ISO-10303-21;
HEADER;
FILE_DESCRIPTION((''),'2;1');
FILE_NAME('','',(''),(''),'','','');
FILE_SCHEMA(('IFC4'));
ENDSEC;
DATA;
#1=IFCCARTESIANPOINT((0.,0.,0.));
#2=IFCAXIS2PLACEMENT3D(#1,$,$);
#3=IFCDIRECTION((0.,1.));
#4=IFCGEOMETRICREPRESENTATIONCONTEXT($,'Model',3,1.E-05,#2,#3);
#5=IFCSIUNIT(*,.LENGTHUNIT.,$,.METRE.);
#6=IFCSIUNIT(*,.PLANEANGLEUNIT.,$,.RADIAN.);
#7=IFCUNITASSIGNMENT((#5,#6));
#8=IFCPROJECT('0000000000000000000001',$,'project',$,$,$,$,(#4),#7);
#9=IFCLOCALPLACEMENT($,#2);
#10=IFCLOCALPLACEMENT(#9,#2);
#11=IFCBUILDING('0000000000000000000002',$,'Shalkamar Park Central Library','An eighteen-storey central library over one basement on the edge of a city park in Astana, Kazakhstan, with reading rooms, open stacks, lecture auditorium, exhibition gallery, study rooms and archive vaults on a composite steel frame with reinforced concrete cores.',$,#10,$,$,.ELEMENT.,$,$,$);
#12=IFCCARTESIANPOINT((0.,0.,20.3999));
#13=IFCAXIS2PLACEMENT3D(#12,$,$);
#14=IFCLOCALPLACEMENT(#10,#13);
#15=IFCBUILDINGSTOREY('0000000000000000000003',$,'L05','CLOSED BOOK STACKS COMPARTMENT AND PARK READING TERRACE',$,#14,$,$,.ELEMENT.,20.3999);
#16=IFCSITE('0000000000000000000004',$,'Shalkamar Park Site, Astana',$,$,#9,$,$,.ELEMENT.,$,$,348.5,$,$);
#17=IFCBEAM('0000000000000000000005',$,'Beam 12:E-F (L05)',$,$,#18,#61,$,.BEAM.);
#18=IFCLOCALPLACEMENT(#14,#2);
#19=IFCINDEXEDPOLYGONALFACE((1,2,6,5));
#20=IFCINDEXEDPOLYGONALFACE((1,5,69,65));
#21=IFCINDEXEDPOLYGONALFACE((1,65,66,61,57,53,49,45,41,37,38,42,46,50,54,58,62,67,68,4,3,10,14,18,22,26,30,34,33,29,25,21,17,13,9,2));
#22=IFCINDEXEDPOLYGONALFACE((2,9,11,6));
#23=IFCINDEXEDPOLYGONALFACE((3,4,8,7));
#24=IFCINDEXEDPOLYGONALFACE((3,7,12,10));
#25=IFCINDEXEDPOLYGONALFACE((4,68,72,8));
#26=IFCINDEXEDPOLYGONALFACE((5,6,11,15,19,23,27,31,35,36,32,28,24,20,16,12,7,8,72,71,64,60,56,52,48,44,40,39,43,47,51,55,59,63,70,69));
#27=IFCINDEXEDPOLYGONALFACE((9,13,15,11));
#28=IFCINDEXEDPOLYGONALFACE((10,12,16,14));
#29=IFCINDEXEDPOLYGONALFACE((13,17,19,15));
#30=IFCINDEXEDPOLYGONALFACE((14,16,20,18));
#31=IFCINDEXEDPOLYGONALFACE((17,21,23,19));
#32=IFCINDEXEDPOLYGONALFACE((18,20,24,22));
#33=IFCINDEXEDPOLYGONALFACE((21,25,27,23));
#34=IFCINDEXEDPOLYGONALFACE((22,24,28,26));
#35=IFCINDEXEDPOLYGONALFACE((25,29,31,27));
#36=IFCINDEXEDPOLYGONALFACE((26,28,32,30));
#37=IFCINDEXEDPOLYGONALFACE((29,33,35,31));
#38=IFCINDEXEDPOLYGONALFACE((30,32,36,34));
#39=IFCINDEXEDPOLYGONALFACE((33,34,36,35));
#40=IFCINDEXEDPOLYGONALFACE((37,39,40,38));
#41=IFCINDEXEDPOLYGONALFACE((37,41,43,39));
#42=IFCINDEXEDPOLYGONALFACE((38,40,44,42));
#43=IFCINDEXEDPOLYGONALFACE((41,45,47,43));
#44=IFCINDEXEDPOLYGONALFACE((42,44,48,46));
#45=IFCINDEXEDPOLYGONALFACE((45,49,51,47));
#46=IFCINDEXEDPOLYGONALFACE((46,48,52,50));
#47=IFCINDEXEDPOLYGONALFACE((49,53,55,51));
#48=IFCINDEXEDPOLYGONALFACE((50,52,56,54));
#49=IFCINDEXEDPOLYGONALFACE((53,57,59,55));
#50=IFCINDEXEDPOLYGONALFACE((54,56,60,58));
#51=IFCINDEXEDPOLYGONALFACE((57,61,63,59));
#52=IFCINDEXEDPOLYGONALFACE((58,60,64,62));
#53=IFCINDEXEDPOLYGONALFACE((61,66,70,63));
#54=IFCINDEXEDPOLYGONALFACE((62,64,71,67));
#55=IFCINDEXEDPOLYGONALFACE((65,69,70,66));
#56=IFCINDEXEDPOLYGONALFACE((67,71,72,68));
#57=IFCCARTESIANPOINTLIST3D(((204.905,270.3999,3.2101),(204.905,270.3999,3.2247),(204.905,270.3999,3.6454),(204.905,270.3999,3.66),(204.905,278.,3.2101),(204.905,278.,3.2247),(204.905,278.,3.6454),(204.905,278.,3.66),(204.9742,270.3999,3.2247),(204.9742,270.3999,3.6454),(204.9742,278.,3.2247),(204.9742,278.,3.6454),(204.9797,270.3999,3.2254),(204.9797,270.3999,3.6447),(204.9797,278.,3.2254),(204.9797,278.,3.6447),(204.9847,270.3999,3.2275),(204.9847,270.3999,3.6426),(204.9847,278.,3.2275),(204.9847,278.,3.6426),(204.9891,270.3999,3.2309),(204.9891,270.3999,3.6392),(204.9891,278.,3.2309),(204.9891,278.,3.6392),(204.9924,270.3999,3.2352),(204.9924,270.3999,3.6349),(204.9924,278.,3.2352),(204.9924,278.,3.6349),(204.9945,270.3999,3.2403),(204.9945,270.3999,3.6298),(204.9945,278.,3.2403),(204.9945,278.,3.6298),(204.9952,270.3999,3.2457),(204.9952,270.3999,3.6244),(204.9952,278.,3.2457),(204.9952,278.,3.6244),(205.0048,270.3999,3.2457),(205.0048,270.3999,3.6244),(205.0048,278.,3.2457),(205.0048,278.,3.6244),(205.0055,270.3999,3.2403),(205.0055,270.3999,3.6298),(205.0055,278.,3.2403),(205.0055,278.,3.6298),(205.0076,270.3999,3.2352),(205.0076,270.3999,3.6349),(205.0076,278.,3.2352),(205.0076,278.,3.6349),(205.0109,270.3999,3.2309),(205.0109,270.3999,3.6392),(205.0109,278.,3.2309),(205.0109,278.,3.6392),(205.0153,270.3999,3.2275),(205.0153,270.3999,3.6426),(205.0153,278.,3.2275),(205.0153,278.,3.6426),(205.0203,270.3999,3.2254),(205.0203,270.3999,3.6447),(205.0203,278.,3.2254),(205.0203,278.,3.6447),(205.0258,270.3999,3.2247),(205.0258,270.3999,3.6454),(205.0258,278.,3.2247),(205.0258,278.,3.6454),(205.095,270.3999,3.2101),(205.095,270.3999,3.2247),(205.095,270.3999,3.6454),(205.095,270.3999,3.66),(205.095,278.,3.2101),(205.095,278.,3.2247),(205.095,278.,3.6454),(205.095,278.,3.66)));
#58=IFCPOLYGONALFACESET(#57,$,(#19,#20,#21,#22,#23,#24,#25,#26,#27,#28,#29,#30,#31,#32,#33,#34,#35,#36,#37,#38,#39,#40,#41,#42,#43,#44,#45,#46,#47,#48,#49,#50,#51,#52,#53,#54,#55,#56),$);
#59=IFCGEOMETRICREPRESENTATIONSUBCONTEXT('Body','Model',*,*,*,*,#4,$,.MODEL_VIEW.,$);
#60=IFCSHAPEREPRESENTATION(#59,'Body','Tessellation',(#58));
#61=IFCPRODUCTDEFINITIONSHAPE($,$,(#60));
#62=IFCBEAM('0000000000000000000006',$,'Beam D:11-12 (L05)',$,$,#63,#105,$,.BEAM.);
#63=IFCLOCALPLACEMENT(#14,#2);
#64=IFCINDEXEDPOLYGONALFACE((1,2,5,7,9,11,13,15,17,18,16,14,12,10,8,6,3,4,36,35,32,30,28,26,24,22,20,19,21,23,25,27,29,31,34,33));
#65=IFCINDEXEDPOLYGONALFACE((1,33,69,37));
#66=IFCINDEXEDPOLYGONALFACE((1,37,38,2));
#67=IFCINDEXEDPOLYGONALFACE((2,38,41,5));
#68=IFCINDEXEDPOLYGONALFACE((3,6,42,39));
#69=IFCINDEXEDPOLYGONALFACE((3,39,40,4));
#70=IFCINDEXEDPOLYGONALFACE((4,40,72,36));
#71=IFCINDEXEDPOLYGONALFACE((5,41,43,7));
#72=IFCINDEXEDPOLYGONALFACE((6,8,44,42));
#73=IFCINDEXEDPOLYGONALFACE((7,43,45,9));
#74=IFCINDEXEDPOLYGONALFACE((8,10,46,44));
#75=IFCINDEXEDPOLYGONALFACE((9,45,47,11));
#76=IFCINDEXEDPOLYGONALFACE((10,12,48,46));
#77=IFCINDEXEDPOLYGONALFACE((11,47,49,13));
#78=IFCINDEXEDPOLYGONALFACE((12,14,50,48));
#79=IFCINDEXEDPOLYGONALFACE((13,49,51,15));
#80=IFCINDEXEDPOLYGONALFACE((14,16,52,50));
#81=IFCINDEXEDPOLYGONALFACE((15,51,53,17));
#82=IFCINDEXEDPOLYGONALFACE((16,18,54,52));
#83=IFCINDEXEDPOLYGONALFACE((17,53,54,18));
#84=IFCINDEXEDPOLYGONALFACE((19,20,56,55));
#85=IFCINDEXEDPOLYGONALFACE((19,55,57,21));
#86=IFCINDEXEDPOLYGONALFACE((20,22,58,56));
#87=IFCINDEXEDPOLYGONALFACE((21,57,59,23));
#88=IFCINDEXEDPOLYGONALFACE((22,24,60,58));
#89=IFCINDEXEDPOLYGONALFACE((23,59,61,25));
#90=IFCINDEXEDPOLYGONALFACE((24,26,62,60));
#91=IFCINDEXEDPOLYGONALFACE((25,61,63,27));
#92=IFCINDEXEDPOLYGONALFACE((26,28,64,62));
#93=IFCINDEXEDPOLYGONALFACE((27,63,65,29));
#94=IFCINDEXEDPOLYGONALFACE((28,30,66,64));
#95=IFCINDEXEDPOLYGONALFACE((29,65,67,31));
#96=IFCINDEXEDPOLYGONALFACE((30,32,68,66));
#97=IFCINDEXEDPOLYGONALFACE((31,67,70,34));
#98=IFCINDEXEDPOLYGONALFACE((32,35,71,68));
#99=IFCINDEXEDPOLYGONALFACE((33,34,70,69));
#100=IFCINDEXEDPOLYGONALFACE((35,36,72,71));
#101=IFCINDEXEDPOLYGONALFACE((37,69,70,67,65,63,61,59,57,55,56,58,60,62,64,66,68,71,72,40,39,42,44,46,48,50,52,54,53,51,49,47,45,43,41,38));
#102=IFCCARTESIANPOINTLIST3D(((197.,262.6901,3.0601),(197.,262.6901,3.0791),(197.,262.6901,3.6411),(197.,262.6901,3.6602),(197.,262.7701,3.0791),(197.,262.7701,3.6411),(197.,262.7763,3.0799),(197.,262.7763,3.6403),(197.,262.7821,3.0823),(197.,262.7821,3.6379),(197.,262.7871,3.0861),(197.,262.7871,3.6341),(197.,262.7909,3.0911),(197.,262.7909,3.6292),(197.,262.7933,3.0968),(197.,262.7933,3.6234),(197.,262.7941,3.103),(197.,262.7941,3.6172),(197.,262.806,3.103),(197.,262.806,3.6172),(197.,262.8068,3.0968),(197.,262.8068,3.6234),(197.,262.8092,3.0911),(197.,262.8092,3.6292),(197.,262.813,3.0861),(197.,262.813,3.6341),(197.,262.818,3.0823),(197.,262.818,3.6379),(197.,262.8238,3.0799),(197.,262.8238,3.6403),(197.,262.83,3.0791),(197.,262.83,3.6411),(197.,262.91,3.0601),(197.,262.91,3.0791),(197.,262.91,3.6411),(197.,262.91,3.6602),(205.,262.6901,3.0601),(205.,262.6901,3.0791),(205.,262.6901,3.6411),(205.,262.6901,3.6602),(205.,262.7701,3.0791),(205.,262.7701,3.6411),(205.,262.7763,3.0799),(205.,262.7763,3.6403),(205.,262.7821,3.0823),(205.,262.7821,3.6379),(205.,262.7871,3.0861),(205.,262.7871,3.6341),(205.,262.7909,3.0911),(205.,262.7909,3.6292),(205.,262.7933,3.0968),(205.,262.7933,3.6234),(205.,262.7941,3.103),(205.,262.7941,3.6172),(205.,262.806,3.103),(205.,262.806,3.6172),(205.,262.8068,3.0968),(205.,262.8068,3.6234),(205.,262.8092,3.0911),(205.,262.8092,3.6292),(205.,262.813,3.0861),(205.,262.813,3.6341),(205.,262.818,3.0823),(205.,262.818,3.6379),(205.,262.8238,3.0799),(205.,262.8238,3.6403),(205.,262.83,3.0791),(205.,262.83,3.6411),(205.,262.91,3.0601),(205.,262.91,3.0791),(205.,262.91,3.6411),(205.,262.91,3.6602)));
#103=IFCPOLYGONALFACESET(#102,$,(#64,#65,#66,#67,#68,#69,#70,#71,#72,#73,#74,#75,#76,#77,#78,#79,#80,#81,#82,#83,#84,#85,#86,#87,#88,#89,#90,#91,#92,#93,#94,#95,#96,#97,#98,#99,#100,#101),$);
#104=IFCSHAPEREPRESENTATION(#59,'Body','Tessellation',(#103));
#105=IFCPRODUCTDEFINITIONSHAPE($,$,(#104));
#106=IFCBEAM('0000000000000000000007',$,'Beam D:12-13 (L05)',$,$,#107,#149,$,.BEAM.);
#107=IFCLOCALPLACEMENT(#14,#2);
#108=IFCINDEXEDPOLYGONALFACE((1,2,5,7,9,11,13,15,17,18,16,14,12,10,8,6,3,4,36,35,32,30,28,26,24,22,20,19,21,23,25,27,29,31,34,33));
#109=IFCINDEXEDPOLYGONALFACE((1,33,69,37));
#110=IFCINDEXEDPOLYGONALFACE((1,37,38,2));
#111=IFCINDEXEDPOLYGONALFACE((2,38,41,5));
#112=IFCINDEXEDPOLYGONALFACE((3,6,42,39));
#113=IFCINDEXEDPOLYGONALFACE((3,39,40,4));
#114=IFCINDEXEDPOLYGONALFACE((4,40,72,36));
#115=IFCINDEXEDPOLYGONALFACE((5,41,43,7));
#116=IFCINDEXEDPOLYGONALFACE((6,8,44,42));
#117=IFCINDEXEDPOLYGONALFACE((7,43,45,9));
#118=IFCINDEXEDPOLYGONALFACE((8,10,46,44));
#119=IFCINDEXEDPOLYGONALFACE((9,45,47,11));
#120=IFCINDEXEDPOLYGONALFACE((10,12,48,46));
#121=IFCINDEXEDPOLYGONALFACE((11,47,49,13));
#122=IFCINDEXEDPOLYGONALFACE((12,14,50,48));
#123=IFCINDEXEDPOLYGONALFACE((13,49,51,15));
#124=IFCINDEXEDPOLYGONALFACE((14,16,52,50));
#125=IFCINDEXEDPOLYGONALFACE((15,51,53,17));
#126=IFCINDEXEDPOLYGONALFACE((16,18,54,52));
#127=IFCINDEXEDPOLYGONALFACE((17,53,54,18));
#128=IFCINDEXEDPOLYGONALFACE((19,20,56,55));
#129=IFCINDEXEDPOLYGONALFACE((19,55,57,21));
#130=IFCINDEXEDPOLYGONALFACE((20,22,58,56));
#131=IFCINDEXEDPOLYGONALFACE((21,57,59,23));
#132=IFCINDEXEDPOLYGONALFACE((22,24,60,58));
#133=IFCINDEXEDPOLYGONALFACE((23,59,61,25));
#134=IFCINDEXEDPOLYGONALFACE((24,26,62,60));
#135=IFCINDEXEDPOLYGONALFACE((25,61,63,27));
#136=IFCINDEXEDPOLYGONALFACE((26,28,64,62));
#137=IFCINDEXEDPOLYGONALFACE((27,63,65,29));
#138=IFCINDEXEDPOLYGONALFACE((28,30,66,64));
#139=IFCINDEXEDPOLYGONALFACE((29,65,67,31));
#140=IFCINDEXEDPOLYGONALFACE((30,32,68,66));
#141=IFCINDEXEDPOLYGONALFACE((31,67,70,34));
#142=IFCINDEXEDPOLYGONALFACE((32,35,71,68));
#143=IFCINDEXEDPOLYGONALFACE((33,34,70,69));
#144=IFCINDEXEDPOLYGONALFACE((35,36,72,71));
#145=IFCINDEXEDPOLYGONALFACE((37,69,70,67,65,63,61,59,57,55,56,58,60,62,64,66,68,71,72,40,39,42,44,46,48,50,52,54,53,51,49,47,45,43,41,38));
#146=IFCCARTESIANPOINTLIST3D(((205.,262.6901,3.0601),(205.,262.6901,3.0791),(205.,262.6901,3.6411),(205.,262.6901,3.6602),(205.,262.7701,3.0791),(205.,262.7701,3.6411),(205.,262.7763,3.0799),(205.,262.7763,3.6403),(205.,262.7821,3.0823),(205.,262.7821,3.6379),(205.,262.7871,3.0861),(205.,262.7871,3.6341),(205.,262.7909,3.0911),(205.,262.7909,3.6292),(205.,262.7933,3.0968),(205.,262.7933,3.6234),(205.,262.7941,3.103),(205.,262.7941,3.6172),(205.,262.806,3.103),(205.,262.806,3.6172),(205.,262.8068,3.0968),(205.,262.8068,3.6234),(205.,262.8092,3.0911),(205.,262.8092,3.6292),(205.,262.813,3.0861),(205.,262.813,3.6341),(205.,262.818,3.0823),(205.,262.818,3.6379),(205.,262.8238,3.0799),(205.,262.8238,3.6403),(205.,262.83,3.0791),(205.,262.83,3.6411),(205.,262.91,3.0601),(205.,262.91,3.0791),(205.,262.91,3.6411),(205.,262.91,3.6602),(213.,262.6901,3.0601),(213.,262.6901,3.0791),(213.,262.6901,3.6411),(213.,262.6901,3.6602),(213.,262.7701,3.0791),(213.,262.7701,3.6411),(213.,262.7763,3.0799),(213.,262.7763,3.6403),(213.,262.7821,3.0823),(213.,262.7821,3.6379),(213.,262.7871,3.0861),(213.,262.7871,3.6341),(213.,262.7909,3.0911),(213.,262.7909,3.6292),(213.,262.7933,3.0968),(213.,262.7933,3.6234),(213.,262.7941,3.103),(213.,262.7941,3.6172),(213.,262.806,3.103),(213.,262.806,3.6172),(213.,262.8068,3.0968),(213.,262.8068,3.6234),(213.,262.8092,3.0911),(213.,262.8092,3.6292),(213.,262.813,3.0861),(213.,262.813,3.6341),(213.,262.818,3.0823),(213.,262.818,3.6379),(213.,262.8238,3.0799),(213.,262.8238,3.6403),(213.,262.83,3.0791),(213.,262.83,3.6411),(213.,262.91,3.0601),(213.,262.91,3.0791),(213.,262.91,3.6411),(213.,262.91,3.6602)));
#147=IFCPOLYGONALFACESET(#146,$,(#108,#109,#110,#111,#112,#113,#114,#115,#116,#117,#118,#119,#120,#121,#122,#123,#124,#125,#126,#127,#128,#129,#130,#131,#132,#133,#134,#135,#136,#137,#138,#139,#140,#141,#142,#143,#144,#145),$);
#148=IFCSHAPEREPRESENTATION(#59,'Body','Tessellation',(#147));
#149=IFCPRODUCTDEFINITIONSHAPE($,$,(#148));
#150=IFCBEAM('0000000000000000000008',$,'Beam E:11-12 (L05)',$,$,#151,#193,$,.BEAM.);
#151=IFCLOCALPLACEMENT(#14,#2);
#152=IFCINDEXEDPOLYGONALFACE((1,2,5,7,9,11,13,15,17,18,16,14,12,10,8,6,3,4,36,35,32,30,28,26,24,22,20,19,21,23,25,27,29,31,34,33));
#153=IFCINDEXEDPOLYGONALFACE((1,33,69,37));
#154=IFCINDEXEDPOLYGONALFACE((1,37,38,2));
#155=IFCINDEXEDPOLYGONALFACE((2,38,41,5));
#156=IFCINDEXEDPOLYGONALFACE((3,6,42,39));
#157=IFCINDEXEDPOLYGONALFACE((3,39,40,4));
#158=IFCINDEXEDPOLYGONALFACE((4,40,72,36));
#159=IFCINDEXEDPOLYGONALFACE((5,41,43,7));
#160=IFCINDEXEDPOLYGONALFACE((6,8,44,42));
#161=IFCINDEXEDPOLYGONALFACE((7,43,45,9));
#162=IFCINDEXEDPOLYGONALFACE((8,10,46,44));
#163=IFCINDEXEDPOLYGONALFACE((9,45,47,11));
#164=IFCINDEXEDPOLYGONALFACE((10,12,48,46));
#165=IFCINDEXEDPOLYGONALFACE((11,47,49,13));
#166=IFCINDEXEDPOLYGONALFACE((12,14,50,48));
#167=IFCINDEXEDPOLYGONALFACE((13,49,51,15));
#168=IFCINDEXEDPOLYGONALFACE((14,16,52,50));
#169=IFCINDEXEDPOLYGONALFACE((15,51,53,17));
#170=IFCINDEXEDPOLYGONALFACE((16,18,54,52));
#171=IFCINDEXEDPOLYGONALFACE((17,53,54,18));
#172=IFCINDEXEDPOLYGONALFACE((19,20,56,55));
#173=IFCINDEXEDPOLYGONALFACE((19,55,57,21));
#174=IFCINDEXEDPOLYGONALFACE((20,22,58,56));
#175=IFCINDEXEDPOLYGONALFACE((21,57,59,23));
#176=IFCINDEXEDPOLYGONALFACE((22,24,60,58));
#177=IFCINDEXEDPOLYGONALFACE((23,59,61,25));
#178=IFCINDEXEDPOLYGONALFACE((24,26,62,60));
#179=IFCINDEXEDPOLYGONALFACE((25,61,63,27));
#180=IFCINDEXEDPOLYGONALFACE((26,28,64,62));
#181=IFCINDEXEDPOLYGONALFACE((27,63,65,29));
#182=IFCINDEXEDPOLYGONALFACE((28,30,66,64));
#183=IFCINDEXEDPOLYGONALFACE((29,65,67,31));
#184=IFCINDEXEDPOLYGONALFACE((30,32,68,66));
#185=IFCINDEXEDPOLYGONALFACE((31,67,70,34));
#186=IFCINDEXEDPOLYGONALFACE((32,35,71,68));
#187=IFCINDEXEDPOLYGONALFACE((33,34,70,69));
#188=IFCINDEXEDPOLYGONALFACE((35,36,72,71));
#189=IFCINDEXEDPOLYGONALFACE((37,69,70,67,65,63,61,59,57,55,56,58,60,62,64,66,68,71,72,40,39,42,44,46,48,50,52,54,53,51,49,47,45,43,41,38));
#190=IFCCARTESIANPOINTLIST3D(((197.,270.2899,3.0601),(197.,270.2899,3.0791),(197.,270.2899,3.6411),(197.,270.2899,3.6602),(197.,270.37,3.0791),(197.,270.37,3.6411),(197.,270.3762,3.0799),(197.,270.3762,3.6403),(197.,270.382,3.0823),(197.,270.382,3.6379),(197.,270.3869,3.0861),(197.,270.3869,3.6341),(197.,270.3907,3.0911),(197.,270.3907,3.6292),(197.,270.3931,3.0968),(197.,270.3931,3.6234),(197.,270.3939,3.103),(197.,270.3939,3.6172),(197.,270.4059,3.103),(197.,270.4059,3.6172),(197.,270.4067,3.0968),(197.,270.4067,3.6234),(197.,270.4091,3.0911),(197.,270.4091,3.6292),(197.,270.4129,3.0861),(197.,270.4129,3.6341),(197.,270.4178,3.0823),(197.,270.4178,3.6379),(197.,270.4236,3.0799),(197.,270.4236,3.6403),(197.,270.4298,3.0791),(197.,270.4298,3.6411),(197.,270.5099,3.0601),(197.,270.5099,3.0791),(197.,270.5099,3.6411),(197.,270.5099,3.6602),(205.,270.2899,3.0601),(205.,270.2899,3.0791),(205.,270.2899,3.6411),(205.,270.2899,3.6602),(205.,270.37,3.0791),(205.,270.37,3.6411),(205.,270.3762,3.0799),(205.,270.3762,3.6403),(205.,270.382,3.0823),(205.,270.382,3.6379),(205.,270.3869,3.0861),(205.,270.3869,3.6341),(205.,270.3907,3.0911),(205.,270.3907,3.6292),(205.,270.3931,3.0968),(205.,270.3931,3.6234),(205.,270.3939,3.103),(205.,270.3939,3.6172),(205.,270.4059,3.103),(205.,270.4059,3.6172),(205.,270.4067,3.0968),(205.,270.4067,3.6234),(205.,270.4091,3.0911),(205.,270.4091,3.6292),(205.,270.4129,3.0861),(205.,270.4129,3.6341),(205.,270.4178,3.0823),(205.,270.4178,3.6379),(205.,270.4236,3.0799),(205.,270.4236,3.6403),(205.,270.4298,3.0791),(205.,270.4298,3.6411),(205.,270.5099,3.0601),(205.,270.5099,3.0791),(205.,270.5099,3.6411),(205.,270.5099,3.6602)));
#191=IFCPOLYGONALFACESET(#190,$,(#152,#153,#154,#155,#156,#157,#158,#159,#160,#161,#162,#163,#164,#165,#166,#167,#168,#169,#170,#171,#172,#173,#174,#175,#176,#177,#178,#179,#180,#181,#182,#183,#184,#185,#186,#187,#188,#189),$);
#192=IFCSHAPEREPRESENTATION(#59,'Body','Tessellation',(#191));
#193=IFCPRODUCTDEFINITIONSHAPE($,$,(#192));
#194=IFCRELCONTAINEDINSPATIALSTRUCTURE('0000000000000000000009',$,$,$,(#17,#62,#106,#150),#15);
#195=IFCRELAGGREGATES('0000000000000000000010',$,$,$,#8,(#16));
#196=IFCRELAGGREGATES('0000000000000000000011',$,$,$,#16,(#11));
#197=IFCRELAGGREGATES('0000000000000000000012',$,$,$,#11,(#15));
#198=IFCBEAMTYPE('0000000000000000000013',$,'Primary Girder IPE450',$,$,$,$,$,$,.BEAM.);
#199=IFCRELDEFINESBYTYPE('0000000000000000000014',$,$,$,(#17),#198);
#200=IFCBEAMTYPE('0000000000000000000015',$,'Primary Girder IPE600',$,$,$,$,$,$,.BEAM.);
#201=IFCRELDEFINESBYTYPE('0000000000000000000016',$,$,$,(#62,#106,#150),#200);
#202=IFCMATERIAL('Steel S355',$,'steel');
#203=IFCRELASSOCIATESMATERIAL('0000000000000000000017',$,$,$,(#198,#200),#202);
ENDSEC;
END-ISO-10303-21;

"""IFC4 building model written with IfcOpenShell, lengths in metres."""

from ifc_helpers import new_model, si_unit, direction, frame, origin, origin_2d, place, context, subcontext, project, spatial, i_section, extrude, material, material_profile, profile_set, type_object, element, save


model = new_model("IFC4")

# Units and contexts
model_context = context("Model", 3, precision=1e-05, world=origin(), true_north=direction((0.0, 1.0)))
body_context = subcontext(model_context, "Body", "Model", "MODEL_VIEW")
ifc_project = project(units=[si_unit("LENGTHUNIT", "METRE"), si_unit("PLANEANGLEUNIT", "RADIAN")], contexts=[model_context])

# Site, building, storey
site_placement = place(None, origin())
site = spatial("IfcSite", under=ifc_project, at=site_placement, Name="Shalkamar Park Site, Astana", CompositionType="ELEMENT", RefElevation=348.5)
building_placement = place(site_placement, origin())
building = spatial("IfcBuilding", under=site, at=building_placement, Name="Shalkamar Park Central Library", Description="An eighteen-storey central library over one basement on the edge of a city park in Astana, Kazakhstan, with reading rooms, open stacks, lecture auditorium, exhibition gallery, study rooms and archive vaults on a composite steel frame with reinforced concrete cores.", CompositionType="ELEMENT")
storey_placement = place(building_placement, frame((0.0, 0.0, 20.3999)))
storey = spatial("IfcBuildingStorey", under=building, at=storey_placement, Name="L05", Description="CLOSED BOOK STACKS COMPARTMENT AND PARK READING TERRACE", CompositionType="ELEMENT", Elevation=20.3999)

# Shared definitions
ifc_material_1 = material(Name="Steel S355", Category="steel")

# Beams
ifc_material_profile_1 = material_profile(ifc_material_1, i_section(OverallWidth=0.1899, OverallDepth=0.45, WebThickness=0.0095, FlangeThickness=0.0146, FilletRadius=0.021, at=origin_2d()), Name="IPE 450")
ifc_profile_set_1 = profile_set([ifc_material_profile_1], Name="Steel S355")
beam_type_1 = type_object("IfcBeamType", Name="Primary Girder IPE450", PredefinedType="BEAM", material=ifc_profile_set_1)
beam_1_placement = place(storey_placement, frame((205.0, 270.3999, 3.4351), z_axis=(0.0, 1.0, 0.0), x_axis=(-1.0, 0.0, 0.0)))
element("IfcBeam", 1, at=beam_1_placement, inside=storey, type_object=beam_type_1, Name="Beam 12:E-F (L05)", PredefinedType="BEAM", context=body_context, shape_type="SweptSolid", body=[
    extrude(i_section(OverallWidth=0.1899, OverallDepth=0.45, WebThickness=0.0095, FlangeThickness=0.0146, FilletRadius=0.021, at=origin_2d()), origin(), (0.0, 0.0, 1.0), 7.6001),
])
ifc_material_profile_2 = material_profile(ifc_material_1, i_section(OverallWidth=0.22, OverallDepth=0.6001, WebThickness=0.012, FlangeThickness=0.019, FilletRadius=0.0239, at=origin_2d()), Name="IPE 600")
ifc_profile_set_2 = profile_set([ifc_material_profile_2], Name="Steel S355")
beam_type_2 = type_object("IfcBeamType", Name="Primary Girder IPE600", PredefinedType="BEAM", material=ifc_profile_set_2)
for number, where, z_axis, x_axis, name in (
    (2, (197.0, 262.8, 3.3601), (1.0, 0.0, 0.0), (0.0, 1.0, 0.0), "Beam D:11-12 (L05)"),
    (3, (205.0, 262.8, 3.3601), (1.0, 0.0, 0.0), (0.0, 1.0, 0.0), "Beam D:12-13 (L05)"),
    (4, (197.0, 270.3999, 3.3601), (1.0, 0.0, 0.0), (0.0, 1.0, 0.0), "Beam E:11-12 (L05)"),
):
    element("IfcBeam", number, at=place(storey_placement, frame(where, z_axis=z_axis, x_axis=x_axis)), inside=storey, type_object=beam_type_2, Name=name, PredefinedType="BEAM", context=body_context, shape_type="SweptSolid", body=[
        extrude(i_section(OverallWidth=0.22, OverallDepth=0.6001, WebThickness=0.012, FlangeThickness=0.019, FilletRadius=0.0239, at=origin_2d()), origin(), (0.0, 0.0, 1.0), 8.0),
    ])

save(model, "model.ifc")
